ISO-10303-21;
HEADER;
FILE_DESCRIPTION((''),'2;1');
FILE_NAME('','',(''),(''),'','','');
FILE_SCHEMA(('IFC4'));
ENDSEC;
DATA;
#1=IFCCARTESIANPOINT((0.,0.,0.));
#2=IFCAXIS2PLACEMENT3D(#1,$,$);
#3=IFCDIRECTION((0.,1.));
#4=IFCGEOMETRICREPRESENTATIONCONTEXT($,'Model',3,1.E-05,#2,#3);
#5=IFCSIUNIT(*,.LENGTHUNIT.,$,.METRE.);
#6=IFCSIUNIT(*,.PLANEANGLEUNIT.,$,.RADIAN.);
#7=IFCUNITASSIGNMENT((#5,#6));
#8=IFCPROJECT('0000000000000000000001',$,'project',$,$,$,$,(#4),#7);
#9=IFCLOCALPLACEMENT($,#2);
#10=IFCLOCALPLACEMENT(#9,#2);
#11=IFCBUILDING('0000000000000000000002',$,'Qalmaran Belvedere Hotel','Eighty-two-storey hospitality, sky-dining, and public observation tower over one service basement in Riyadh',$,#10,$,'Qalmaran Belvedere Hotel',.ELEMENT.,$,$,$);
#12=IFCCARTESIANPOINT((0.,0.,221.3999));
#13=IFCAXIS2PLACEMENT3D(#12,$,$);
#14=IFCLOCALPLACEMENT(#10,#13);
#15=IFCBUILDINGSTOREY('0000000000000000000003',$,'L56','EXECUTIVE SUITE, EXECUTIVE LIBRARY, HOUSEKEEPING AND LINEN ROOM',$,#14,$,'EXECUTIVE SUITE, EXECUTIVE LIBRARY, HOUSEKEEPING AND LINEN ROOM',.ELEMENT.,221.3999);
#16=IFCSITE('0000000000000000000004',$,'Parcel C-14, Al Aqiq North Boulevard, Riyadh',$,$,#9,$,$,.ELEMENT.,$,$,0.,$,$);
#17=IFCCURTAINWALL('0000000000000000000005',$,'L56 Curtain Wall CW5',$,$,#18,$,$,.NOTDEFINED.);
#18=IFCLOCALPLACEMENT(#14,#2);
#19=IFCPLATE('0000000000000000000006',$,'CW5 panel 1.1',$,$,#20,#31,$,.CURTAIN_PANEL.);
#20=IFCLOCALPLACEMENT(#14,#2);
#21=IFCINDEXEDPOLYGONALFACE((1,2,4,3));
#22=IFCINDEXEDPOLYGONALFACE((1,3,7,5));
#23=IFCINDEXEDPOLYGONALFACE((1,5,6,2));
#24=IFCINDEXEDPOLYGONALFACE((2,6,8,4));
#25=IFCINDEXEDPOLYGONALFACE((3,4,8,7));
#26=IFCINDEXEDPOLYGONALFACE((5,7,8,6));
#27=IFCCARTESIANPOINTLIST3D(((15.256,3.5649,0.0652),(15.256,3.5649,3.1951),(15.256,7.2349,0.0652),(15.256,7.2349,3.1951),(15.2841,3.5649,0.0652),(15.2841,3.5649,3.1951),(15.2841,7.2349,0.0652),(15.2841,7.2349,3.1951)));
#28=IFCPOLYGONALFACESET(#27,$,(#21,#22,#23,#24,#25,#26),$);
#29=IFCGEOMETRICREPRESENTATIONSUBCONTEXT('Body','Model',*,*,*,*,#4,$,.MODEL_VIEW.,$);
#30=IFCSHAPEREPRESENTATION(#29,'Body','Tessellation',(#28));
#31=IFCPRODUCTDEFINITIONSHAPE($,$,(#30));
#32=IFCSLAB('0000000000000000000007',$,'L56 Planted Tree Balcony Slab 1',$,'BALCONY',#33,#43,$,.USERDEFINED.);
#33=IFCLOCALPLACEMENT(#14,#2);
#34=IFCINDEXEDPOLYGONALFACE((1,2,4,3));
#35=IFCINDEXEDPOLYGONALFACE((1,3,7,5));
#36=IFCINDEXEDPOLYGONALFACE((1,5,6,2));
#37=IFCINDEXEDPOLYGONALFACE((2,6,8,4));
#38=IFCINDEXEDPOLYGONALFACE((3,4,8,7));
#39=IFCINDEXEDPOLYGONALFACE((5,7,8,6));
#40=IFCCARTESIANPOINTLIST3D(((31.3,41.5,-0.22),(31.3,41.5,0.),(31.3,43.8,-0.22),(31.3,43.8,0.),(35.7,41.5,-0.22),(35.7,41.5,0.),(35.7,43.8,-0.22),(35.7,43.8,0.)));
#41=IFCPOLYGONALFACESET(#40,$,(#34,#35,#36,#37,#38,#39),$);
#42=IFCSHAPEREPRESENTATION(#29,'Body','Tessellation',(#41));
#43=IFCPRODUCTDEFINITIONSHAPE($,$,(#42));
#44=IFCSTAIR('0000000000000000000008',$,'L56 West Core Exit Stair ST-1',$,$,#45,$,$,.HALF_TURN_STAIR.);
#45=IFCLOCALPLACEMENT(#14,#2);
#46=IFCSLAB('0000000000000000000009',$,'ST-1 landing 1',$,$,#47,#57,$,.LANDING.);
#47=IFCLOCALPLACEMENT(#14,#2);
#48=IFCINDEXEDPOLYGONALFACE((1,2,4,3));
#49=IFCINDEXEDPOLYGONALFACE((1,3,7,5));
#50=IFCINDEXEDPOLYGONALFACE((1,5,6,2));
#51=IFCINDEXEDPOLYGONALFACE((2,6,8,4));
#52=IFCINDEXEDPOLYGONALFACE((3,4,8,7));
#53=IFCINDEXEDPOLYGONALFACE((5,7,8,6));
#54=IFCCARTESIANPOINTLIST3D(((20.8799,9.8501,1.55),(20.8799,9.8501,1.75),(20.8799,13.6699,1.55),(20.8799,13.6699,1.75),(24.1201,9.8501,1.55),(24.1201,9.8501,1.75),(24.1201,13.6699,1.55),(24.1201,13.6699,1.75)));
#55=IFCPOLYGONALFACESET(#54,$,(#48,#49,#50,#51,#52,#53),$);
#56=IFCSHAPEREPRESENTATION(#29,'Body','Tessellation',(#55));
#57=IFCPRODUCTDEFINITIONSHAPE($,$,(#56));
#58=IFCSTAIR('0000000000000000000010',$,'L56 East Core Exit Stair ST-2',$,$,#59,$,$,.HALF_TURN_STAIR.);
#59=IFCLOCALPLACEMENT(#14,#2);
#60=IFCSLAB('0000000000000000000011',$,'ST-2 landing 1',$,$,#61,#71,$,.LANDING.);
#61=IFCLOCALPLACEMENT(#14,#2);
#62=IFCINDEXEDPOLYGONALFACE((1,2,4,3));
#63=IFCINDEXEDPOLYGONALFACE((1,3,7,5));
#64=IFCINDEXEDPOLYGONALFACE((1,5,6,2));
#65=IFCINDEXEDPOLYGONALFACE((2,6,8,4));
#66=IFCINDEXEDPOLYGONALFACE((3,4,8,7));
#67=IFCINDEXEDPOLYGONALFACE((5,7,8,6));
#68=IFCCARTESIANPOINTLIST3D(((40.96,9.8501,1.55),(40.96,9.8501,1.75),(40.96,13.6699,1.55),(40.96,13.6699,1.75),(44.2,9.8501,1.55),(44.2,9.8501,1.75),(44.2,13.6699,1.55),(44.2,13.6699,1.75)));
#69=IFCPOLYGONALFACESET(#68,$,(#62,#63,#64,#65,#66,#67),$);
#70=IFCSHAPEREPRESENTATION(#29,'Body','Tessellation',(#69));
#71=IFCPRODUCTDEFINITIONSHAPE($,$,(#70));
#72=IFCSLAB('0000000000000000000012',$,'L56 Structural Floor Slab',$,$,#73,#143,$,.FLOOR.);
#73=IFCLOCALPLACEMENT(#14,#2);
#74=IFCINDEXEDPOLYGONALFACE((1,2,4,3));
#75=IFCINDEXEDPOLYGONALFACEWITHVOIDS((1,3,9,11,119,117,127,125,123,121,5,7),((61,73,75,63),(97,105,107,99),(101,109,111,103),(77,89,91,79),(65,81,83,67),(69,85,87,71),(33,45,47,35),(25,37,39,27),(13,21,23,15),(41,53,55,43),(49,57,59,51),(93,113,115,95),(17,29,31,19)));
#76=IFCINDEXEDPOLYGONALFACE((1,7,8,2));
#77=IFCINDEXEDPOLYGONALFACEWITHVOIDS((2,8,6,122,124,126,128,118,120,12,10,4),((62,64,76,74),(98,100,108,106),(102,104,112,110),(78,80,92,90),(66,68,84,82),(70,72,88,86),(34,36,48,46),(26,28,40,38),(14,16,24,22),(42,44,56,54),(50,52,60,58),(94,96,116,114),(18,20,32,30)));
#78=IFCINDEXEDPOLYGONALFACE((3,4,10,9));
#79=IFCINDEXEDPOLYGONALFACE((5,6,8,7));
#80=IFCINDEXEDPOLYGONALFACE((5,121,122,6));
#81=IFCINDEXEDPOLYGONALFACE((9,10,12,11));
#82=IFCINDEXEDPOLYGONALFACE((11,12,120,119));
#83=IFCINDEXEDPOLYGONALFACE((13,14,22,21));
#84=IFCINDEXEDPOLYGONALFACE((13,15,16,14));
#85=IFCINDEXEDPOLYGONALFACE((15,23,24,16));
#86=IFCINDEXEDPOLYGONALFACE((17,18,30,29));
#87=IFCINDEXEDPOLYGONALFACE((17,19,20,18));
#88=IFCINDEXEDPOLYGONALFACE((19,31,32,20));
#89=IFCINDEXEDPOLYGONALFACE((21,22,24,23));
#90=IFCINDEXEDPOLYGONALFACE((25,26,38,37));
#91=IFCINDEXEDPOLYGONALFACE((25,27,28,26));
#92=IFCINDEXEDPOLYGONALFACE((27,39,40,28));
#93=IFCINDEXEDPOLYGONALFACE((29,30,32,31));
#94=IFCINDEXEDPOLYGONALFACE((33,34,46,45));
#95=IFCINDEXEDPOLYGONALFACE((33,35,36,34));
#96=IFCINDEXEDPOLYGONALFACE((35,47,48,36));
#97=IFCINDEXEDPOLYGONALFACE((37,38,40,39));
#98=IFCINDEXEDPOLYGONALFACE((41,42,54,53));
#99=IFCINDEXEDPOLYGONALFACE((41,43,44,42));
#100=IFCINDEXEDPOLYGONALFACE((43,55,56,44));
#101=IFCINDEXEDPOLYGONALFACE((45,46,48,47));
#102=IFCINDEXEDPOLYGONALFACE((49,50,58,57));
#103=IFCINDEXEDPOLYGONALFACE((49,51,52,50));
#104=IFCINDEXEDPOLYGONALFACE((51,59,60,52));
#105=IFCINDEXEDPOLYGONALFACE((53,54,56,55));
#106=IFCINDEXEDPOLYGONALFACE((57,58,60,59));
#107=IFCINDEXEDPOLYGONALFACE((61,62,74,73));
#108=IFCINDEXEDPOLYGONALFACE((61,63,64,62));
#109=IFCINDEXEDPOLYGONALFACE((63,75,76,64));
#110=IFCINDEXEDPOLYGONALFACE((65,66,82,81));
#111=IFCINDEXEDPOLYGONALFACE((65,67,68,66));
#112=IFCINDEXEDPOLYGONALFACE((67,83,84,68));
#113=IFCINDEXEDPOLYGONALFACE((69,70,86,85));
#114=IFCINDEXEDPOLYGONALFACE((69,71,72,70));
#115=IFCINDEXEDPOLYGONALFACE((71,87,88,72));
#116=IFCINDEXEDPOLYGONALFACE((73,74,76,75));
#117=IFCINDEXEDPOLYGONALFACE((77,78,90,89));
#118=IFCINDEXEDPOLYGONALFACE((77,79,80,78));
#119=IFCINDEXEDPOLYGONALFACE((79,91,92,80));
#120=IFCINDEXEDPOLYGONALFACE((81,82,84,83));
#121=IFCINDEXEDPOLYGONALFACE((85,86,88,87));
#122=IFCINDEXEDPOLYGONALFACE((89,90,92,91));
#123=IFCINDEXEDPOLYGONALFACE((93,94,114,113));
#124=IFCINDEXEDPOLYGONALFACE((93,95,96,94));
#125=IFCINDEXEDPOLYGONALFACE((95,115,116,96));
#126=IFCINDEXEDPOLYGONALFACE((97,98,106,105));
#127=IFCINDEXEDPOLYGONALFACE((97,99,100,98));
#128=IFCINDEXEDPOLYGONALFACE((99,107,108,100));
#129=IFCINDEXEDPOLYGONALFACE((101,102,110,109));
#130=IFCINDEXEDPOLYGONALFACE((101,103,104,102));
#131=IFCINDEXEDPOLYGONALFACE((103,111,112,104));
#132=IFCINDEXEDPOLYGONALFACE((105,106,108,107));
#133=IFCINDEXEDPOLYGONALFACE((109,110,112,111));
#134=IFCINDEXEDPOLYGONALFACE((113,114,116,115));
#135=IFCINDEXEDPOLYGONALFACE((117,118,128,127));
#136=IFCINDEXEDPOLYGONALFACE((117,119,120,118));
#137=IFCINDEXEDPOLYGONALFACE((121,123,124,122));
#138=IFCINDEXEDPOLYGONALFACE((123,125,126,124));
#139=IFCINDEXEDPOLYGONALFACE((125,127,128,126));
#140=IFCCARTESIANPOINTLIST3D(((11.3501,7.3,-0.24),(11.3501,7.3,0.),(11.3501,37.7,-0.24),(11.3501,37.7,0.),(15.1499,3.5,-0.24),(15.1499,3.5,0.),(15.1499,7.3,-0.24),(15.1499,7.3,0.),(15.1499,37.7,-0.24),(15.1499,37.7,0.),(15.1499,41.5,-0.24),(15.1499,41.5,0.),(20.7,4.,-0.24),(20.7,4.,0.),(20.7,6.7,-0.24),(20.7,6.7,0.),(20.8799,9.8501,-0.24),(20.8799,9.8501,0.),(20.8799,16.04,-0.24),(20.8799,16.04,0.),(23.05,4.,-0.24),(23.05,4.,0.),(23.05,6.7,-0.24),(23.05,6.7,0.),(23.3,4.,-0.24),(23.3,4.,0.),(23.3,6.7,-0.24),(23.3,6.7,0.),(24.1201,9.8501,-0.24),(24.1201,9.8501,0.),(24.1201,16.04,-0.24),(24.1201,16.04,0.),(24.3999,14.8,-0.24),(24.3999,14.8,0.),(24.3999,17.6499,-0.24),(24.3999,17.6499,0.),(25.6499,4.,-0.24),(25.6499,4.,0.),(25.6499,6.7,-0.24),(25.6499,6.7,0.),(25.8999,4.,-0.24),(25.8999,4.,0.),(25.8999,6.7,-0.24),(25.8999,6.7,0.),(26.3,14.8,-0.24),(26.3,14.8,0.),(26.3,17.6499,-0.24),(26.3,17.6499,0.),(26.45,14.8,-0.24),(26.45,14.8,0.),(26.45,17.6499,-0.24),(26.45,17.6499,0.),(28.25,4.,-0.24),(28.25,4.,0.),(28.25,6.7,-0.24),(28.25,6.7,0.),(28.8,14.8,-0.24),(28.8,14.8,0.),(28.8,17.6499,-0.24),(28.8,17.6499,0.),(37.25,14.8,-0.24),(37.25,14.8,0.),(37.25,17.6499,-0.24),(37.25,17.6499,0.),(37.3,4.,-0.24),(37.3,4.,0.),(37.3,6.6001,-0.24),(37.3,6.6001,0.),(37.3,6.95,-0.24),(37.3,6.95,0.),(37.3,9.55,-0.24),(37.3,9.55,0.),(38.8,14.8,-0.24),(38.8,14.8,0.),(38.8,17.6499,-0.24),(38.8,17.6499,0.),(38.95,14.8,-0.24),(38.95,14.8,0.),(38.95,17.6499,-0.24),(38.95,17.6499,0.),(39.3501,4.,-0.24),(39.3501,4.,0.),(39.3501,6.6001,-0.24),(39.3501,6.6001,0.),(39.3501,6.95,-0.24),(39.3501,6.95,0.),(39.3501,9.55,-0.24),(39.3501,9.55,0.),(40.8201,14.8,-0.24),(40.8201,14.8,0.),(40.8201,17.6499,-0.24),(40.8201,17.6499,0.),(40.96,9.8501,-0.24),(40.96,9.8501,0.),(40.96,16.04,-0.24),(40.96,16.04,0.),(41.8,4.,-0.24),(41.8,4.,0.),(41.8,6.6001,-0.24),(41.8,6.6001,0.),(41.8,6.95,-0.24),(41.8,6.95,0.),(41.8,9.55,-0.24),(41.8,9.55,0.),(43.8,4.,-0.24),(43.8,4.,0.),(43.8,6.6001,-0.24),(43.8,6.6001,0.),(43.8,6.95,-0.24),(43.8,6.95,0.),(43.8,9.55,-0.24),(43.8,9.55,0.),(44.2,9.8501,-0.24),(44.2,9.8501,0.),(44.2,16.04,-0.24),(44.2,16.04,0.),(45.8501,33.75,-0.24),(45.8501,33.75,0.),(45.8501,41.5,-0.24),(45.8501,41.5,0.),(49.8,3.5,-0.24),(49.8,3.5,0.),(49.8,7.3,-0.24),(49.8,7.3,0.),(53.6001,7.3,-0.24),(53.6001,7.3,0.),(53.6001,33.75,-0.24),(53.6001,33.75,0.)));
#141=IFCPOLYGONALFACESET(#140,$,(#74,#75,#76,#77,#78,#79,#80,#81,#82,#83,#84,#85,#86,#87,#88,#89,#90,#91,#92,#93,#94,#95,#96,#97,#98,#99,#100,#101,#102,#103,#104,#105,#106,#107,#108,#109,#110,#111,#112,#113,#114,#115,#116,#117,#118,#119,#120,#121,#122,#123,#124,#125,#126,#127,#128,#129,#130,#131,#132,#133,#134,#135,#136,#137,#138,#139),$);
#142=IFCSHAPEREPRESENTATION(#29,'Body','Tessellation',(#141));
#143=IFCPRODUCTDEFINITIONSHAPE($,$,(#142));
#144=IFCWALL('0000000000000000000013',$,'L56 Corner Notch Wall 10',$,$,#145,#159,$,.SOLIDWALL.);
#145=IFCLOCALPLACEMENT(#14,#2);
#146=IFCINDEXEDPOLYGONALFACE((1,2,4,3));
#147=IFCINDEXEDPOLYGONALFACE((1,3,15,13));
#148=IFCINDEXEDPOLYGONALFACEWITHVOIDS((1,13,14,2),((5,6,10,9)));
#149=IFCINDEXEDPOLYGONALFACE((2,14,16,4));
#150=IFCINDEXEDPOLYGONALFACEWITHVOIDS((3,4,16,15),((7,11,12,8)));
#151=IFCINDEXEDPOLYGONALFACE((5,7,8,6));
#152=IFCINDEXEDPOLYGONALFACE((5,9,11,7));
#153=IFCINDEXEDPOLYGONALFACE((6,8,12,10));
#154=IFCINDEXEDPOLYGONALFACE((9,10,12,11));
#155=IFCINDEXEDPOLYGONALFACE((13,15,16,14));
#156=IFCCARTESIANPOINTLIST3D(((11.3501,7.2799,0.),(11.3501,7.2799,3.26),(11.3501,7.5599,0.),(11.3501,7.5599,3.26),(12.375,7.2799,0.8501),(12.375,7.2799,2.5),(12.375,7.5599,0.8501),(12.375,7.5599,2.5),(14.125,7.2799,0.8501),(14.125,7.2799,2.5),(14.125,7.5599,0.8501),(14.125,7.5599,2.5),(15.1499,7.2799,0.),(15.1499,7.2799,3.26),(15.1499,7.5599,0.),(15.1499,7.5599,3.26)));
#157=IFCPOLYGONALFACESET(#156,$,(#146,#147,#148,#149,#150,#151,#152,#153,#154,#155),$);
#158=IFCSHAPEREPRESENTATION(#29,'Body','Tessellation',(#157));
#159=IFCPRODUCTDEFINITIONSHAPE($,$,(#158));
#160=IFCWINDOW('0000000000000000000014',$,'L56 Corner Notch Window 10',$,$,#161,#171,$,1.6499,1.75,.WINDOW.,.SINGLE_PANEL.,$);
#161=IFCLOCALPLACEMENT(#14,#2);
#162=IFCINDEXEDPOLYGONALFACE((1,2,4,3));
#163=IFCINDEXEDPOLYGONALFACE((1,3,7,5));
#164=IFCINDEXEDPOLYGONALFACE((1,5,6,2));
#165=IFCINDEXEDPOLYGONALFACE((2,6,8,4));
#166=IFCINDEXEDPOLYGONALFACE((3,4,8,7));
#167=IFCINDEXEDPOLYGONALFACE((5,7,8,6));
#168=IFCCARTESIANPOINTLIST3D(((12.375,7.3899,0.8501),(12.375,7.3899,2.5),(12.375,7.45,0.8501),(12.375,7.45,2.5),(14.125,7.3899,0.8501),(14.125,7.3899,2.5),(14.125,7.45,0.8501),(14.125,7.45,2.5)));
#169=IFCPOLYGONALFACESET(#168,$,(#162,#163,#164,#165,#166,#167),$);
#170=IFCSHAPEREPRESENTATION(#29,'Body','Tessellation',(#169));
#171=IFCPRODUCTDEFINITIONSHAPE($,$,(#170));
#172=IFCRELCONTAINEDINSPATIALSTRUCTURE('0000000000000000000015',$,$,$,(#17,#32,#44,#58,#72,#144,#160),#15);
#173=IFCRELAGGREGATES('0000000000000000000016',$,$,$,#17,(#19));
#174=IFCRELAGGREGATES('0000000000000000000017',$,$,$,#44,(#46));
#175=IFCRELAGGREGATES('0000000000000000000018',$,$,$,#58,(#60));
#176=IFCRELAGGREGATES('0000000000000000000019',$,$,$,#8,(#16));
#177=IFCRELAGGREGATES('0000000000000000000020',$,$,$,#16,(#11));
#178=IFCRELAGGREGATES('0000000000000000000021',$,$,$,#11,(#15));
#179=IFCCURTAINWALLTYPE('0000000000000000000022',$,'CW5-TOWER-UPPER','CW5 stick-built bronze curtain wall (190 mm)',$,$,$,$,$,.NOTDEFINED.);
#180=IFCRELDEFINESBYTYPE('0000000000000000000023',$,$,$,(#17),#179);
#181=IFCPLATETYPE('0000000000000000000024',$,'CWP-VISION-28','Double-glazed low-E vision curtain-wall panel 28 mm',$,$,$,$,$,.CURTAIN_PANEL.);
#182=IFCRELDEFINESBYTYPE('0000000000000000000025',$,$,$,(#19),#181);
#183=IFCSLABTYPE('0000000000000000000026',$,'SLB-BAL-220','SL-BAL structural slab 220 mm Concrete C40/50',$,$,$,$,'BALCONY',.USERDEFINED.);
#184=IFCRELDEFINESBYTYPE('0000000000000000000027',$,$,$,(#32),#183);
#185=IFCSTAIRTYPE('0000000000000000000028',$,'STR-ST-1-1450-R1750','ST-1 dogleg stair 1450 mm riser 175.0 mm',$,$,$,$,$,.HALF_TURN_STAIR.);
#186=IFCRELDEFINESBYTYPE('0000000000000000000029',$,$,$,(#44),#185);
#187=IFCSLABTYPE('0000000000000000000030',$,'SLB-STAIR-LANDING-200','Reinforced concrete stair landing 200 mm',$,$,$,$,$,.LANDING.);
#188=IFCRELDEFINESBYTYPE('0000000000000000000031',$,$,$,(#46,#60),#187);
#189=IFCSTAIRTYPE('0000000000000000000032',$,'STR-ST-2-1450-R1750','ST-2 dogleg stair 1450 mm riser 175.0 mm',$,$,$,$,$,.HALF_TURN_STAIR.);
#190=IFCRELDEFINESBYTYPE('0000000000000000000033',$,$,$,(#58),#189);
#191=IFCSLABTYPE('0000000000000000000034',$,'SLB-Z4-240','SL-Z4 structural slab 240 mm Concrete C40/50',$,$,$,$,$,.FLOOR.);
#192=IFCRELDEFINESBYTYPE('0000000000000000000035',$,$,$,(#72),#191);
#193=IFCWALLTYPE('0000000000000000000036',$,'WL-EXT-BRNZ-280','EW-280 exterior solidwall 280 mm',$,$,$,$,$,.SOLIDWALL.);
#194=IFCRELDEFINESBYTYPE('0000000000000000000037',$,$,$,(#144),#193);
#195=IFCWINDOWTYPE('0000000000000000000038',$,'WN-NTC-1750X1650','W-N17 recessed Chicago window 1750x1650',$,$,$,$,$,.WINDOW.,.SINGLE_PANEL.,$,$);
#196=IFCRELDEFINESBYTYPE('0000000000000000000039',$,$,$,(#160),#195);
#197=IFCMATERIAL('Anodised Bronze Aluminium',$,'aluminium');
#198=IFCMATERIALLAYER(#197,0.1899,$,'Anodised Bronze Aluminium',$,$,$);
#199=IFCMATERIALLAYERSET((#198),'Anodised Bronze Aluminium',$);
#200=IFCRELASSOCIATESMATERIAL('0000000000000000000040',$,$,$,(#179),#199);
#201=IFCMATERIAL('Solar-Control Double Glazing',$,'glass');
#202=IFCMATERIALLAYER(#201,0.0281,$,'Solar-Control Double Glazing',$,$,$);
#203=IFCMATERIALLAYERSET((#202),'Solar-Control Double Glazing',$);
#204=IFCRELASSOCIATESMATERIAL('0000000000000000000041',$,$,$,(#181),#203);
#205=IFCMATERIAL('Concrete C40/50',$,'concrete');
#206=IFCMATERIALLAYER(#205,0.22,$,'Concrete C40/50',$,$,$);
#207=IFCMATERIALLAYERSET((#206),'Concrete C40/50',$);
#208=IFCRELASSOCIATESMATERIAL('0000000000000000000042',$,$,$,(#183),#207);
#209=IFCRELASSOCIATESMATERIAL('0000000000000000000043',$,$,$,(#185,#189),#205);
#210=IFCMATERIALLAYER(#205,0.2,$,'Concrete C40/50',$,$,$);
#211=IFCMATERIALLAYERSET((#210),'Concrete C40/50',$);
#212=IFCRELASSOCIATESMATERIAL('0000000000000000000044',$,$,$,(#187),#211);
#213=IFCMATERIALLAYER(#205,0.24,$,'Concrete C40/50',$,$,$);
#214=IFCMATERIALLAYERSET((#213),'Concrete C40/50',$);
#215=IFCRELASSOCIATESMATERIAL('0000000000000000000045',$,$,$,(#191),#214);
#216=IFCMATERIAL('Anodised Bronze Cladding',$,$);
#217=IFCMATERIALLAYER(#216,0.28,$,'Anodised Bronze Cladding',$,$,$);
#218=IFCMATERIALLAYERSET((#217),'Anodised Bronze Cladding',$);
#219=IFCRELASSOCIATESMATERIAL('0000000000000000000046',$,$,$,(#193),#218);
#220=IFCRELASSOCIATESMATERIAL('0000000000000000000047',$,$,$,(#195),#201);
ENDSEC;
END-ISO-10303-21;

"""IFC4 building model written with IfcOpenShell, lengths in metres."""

from ifc_helpers import new_model, si_unit, direction, frame, frame_2d, origin, origin_2d, place, context, subcontext, project, spatial, polyline, rectangle, outline, extrude, material, layer, layer_set, type_object, element, fill, aggregate, save


model = new_model("IFC4")

# Units and contexts
model_context = context("Model", 3, precision=1e-05, world=origin(), true_north=direction((0.0, 1.0)))
body_context = subcontext(model_context, "Body", "Model", "MODEL_VIEW")
ifc_project = project(units=[si_unit("LENGTHUNIT", "METRE"), si_unit("PLANEANGLEUNIT", "RADIAN")], contexts=[model_context])

# Site, building, storey
site_placement = place(None, origin())
site = spatial("IfcSite", under=ifc_project, at=site_placement, Name="Parcel C-14, Al Aqiq North Boulevard, Riyadh", CompositionType="ELEMENT", RefElevation=0.0)
building_placement = place(site_placement, origin())
building = spatial("IfcBuilding", under=site, at=building_placement, Name="Qalmaran Belvedere Hotel", Description="Eighty-two-storey hospitality, sky-dining, and public observation tower over one service basement in Riyadh", LongName="Qalmaran Belvedere Hotel", CompositionType="ELEMENT")
storey_placement = place(building_placement, frame((0.0, 0.0, 221.3999)))
storey = spatial("IfcBuildingStorey", under=building, at=storey_placement, Name="L56", Description="EXECUTIVE SUITE, EXECUTIVE LIBRARY, HOUSEKEEPING AND LINEN ROOM", LongName="EXECUTIVE SUITE, EXECUTIVE LIBRARY, HOUSEKEEPING AND LINEN ROOM", CompositionType="ELEMENT", Elevation=221.3999)

# Shared definitions
ifc_material_1 = material(Name="Anodised Bronze Aluminium", Category="aluminium")
ifc_layer_1 = layer(ifc_material_1, 0.1899, Name="Anodised Bronze Aluminium")
ifc_layer_set_1 = layer_set([ifc_layer_1], Name="Anodised Bronze Aluminium")
curtain_wall_type = type_object("IfcCurtainWallType", Name="CW5-TOWER-UPPER", Description="CW5 stick-built bronze curtain wall (190 mm)", PredefinedType="NOTDEFINED", material=ifc_layer_set_1)

# Curtain wall
curtain_wall_1_placement = place(storey_placement, origin())
curtain_wall_1 = element("IfcCurtainWall", 1, at=curtain_wall_1_placement, inside=storey, type_object=curtain_wall_type, Name="L56 Curtain Wall CW5", PredefinedType="NOTDEFINED")

# Plate
ifc_material_2 = material(Name="Solar-Control Double Glazing", Category="glass")
ifc_layer_2 = layer(ifc_material_2, 0.0281, Name="Solar-Control Double Glazing")
ifc_layer_set_2 = layer_set([ifc_layer_2], Name="Solar-Control Double Glazing")
plate_type = type_object("IfcPlateType", Name="CWP-VISION-28", Description="Double-glazed low-E vision curtain-wall panel 28 mm", PredefinedType="CURTAIN_PANEL", material=ifc_layer_set_2)
plate_1_placement = place(storey_placement, frame((15.27, 5.3999, 0.0652), z_axis=(0.0, 0.0, 1.0), x_axis=(0.0, -1.0, 0.0)))
plate_1 = element("IfcPlate", 2, at=plate_1_placement, type_object=plate_type, Name="CW5 panel 1.1", PredefinedType="CURTAIN_PANEL", context=body_context, shape_type="SweptSolid", body=[
    extrude(rectangle(XDim=3.6699, YDim=0.0281, at=origin_2d()), origin(), (0.0, 0.0, 1.0), 3.1299),
])
aggregate(curtain_wall_1, [plate_1])

# Slab
ifc_material_3 = material(Name="Concrete C40/50", Category="concrete")
ifc_layer_3 = layer(ifc_material_3, 0.22, Name="Concrete C40/50")
ifc_layer_set_3 = layer_set([ifc_layer_3], Name="Concrete C40/50")
slab_type_1 = type_object("IfcSlabType", Name="SLB-BAL-220", Description="SL-BAL structural slab 220 mm Concrete C40/50", ElementType="BALCONY", PredefinedType="USERDEFINED", material=ifc_layer_set_3)
slab_1_placement = place(storey_placement, frame((0.0, 0.0, -0.22)))
element("IfcSlab", 3, at=slab_1_placement, inside=storey, type_object=slab_type_1, Name="L56 Planted Tree Balcony Slab 1", ObjectType="BALCONY", PredefinedType="USERDEFINED", context=body_context, shape_type="SweptSolid", body=[
    extrude(outline(polyline([(31.3, 41.5), (35.7, 41.5), (35.7, 43.8), (31.3, 43.8), (31.3, 41.5)])), origin(), (0.0, 0.0, 1.0), 0.22),
])

# Stairs, slabs
stair_type_1 = type_object("IfcStairType", Name="STR-ST-1-1450-R1750", Description="ST-1 dogleg stair 1450 mm riser 175.0 mm", PredefinedType="HALF_TURN_STAIR", material=ifc_material_3)
stair_1_placement = place(storey_placement, origin())
stair_1 = element("IfcStair", 4, at=stair_1_placement, inside=storey, type_object=stair_type_1, Name="L56 West Core Exit Stair ST-1", PredefinedType="HALF_TURN_STAIR")
ifc_layer_4 = layer(ifc_material_3, 0.2, Name="Concrete C40/50")
ifc_layer_set_4 = layer_set([ifc_layer_4], Name="Concrete C40/50")
slab_type_2 = type_object("IfcSlabType", Name="SLB-STAIR-LANDING-200", Description="Reinforced concrete stair landing 200 mm", PredefinedType="LANDING", material=ifc_layer_set_4)
slab_2_placement = place(storey_placement, frame((0.0, 0.0, 1.55)))
slab_2 = element("IfcSlab", 5, at=slab_2_placement, type_object=slab_type_2, Name="ST-1 landing 1", PredefinedType="LANDING", context=body_context, shape_type="SweptSolid", body=[
    extrude(outline(polyline([(20.8799, 13.6699), (20.8799, 9.8501), (24.1201, 9.8501), (24.1201, 13.6699), (20.8799, 13.6699)])), origin(), (0.0, 0.0, 1.0), 0.2),
])
aggregate(stair_1, [slab_2])
stair_type_2 = type_object("IfcStairType", Name="STR-ST-2-1450-R1750", Description="ST-2 dogleg stair 1450 mm riser 175.0 mm", PredefinedType="HALF_TURN_STAIR", material=ifc_material_3)
stair_2_placement = place(storey_placement, origin())
stair_2 = element("IfcStair", 6, at=stair_2_placement, inside=storey, type_object=stair_type_2, Name="L56 East Core Exit Stair ST-2", PredefinedType="HALF_TURN_STAIR")
slab_3_placement = place(storey_placement, frame((0.0, 0.0, 1.55)))
slab_3 = element("IfcSlab", 7, at=slab_3_placement, type_object=slab_type_2, Name="ST-2 landing 1", PredefinedType="LANDING", context=body_context, shape_type="SweptSolid", body=[
    extrude(outline(polyline([(40.96, 13.6699), (40.96, 9.8501), (44.2, 9.8501), (44.2, 13.6699), (40.96, 13.6699)])), origin(), (0.0, 0.0, 1.0), 0.2),
])
aggregate(stair_2, [slab_3])

# Slab
ifc_layer_5 = layer(ifc_material_3, 0.24, Name="Concrete C40/50")
ifc_layer_set_5 = layer_set([ifc_layer_5], Name="Concrete C40/50")
slab_type_3 = type_object("IfcSlabType", Name="SLB-Z4-240", Description="SL-Z4 structural slab 240 mm Concrete C40/50", PredefinedType="FLOOR", material=ifc_layer_set_5)
slab_4_placement = place(storey_placement, frame((0.0, 0.0, -0.24)))
element("IfcSlab", 8, at=slab_4_placement, inside=storey, type_object=slab_type_3, Name="L56 Structural Floor Slab", PredefinedType="FLOOR", context=body_context, shape_type="SweptSolid", body=[
    extrude(outline(polyline([(15.1499, 3.5), (49.8, 3.5), (49.8, 7.3), (53.6001, 7.3), (53.6001, 33.75), (45.8501, 33.75), (45.8501, 41.5), (15.1499, 41.5), (15.1499, 37.7), (11.3501, 37.7), (11.3501, 7.3), (15.1499, 7.3), (15.1499, 3.5)]), holes=[polyline([(20.8799, 9.8501), (24.1201, 9.8501), (24.1201, 16.04), (20.8799, 16.04), (20.8799, 9.8501)]), polyline([(40.96, 9.8501), (44.2, 9.8501), (44.2, 16.04), (40.96, 16.04), (40.96, 9.8501)]), polyline([(37.3, 4.0), (39.3501, 4.0), (39.3501, 6.6001), (37.3, 6.6001), (37.3, 4.0)]), polyline([(37.3, 6.95), (39.3501, 6.95), (39.3501, 9.55), (37.3, 9.55), (37.3, 6.95)]), polyline([(41.8, 4.0), (43.8, 4.0), (43.8, 6.6001), (41.8, 6.6001), (41.8, 4.0)]), polyline([(41.8, 6.95), (43.8, 6.95), (43.8, 9.55), (41.8, 9.55), (41.8, 6.95)]), polyline([(20.7, 4.0), (23.05, 4.0), (23.05, 6.7), (20.7, 6.7), (20.7, 4.0)]), polyline([(23.3, 4.0), (25.6499, 4.0), (25.6499, 6.7), (23.3, 6.7), (23.3, 4.0)]), polyline([(25.8999, 4.0), (28.25, 4.0), (28.25, 6.7), (25.8999, 6.7), (25.8999, 4.0)]), polyline([(24.3999, 14.8), (26.3, 14.8), (26.3, 17.6499), (24.3999, 17.6499), (24.3999, 14.8)]), polyline([(38.95, 14.8), (40.8201, 14.8), (40.8201, 17.6499), (38.95, 17.6499), (38.95, 14.8)]), polyline([(26.45, 14.8), (28.8, 14.8), (28.8, 17.6499), (26.45, 17.6499), (26.45, 14.8)]), polyline([(37.25, 14.8), (38.8, 14.8), (38.8, 17.6499), (37.25, 17.6499), (37.25, 14.8)])]), origin(), (0.0, 0.0, 1.0), 0.24),
])

# Wall, opening, window
ifc_material_4 = material(Name="Anodised Bronze Cladding")
ifc_layer_6 = layer(ifc_material_4, 0.28, Name="Anodised Bronze Cladding")
ifc_layer_set_6 = layer_set([ifc_layer_6], Name="Anodised Bronze Cladding")
wall_type_1 = type_object("IfcWallType", Name="WL-EXT-BRNZ-280", Description="EW-280 exterior solidwall 280 mm", PredefinedType="SOLIDWALL", material=ifc_layer_set_6)
wall_1_placement = place(storey_placement, frame((11.3501, 7.4199, 0.0), z_axis=(0.0, 0.0, 1.0), x_axis=(1.0, 0.0, 0.0)))
wall_1 = element("IfcWall", 9, at=wall_1_placement, inside=storey, type_object=wall_type_1, Name="L56 Corner Notch Wall 10", PredefinedType="SOLIDWALL", context=body_context, shape_type="SweptSolid", body=[
    extrude(rectangle(XDim=3.7998, YDim=0.28, at=frame_2d((1.8999, 0.0))), origin(), (0.0, 0.0, 1.0), 3.26),
])
opening_placement = place(wall_1_placement, frame((1.0249, 0.0, 0.8501)))
opening = element("IfcOpeningElement", 10, at=opening_placement, cuts=wall_1, PredefinedType="OPENING", context=body_context, shape_type="SweptSolid", body=[
    extrude(rectangle(XDim=1.75, YDim=1.6499, at=frame_2d((0.875, 0.825))), frame((0.0, 0.1499, 0.0), z_axis=(0.0, -1.0, 0.0), x_axis=(1.0, 0.0, 0.0)), (0.0, 0.0, 1.0), 0.3),
])
window_type = type_object("IfcWindowType", Name="WN-NTC-1750X1650", Description="W-N17 recessed Chicago window 1750x1650", PartitioningType="SINGLE_PANEL", PredefinedType="WINDOW", material=ifc_material_2)
window_placement = place(opening_placement, origin())
window = element("IfcWindow", 11, at=window_placement, inside=storey, type_object=window_type, Name="L56 Corner Notch Window 10", OverallHeight=1.6499, OverallWidth=1.75, PartitioningType="SINGLE_PANEL", PredefinedType="WINDOW", context=body_context, shape_type="SweptSolid", body=[
    extrude(rectangle(XDim=1.75, YDim=1.6499, at=frame_2d((0.875, 0.825))), frame((0.0, 0.03, 0.0), z_axis=(0.0, -1.0, 0.0), x_axis=(1.0, 0.0, 0.0)), (0.0, 0.0, 1.0), 0.0601),
])
fill(opening, window)

save(model, "model.ifc")
